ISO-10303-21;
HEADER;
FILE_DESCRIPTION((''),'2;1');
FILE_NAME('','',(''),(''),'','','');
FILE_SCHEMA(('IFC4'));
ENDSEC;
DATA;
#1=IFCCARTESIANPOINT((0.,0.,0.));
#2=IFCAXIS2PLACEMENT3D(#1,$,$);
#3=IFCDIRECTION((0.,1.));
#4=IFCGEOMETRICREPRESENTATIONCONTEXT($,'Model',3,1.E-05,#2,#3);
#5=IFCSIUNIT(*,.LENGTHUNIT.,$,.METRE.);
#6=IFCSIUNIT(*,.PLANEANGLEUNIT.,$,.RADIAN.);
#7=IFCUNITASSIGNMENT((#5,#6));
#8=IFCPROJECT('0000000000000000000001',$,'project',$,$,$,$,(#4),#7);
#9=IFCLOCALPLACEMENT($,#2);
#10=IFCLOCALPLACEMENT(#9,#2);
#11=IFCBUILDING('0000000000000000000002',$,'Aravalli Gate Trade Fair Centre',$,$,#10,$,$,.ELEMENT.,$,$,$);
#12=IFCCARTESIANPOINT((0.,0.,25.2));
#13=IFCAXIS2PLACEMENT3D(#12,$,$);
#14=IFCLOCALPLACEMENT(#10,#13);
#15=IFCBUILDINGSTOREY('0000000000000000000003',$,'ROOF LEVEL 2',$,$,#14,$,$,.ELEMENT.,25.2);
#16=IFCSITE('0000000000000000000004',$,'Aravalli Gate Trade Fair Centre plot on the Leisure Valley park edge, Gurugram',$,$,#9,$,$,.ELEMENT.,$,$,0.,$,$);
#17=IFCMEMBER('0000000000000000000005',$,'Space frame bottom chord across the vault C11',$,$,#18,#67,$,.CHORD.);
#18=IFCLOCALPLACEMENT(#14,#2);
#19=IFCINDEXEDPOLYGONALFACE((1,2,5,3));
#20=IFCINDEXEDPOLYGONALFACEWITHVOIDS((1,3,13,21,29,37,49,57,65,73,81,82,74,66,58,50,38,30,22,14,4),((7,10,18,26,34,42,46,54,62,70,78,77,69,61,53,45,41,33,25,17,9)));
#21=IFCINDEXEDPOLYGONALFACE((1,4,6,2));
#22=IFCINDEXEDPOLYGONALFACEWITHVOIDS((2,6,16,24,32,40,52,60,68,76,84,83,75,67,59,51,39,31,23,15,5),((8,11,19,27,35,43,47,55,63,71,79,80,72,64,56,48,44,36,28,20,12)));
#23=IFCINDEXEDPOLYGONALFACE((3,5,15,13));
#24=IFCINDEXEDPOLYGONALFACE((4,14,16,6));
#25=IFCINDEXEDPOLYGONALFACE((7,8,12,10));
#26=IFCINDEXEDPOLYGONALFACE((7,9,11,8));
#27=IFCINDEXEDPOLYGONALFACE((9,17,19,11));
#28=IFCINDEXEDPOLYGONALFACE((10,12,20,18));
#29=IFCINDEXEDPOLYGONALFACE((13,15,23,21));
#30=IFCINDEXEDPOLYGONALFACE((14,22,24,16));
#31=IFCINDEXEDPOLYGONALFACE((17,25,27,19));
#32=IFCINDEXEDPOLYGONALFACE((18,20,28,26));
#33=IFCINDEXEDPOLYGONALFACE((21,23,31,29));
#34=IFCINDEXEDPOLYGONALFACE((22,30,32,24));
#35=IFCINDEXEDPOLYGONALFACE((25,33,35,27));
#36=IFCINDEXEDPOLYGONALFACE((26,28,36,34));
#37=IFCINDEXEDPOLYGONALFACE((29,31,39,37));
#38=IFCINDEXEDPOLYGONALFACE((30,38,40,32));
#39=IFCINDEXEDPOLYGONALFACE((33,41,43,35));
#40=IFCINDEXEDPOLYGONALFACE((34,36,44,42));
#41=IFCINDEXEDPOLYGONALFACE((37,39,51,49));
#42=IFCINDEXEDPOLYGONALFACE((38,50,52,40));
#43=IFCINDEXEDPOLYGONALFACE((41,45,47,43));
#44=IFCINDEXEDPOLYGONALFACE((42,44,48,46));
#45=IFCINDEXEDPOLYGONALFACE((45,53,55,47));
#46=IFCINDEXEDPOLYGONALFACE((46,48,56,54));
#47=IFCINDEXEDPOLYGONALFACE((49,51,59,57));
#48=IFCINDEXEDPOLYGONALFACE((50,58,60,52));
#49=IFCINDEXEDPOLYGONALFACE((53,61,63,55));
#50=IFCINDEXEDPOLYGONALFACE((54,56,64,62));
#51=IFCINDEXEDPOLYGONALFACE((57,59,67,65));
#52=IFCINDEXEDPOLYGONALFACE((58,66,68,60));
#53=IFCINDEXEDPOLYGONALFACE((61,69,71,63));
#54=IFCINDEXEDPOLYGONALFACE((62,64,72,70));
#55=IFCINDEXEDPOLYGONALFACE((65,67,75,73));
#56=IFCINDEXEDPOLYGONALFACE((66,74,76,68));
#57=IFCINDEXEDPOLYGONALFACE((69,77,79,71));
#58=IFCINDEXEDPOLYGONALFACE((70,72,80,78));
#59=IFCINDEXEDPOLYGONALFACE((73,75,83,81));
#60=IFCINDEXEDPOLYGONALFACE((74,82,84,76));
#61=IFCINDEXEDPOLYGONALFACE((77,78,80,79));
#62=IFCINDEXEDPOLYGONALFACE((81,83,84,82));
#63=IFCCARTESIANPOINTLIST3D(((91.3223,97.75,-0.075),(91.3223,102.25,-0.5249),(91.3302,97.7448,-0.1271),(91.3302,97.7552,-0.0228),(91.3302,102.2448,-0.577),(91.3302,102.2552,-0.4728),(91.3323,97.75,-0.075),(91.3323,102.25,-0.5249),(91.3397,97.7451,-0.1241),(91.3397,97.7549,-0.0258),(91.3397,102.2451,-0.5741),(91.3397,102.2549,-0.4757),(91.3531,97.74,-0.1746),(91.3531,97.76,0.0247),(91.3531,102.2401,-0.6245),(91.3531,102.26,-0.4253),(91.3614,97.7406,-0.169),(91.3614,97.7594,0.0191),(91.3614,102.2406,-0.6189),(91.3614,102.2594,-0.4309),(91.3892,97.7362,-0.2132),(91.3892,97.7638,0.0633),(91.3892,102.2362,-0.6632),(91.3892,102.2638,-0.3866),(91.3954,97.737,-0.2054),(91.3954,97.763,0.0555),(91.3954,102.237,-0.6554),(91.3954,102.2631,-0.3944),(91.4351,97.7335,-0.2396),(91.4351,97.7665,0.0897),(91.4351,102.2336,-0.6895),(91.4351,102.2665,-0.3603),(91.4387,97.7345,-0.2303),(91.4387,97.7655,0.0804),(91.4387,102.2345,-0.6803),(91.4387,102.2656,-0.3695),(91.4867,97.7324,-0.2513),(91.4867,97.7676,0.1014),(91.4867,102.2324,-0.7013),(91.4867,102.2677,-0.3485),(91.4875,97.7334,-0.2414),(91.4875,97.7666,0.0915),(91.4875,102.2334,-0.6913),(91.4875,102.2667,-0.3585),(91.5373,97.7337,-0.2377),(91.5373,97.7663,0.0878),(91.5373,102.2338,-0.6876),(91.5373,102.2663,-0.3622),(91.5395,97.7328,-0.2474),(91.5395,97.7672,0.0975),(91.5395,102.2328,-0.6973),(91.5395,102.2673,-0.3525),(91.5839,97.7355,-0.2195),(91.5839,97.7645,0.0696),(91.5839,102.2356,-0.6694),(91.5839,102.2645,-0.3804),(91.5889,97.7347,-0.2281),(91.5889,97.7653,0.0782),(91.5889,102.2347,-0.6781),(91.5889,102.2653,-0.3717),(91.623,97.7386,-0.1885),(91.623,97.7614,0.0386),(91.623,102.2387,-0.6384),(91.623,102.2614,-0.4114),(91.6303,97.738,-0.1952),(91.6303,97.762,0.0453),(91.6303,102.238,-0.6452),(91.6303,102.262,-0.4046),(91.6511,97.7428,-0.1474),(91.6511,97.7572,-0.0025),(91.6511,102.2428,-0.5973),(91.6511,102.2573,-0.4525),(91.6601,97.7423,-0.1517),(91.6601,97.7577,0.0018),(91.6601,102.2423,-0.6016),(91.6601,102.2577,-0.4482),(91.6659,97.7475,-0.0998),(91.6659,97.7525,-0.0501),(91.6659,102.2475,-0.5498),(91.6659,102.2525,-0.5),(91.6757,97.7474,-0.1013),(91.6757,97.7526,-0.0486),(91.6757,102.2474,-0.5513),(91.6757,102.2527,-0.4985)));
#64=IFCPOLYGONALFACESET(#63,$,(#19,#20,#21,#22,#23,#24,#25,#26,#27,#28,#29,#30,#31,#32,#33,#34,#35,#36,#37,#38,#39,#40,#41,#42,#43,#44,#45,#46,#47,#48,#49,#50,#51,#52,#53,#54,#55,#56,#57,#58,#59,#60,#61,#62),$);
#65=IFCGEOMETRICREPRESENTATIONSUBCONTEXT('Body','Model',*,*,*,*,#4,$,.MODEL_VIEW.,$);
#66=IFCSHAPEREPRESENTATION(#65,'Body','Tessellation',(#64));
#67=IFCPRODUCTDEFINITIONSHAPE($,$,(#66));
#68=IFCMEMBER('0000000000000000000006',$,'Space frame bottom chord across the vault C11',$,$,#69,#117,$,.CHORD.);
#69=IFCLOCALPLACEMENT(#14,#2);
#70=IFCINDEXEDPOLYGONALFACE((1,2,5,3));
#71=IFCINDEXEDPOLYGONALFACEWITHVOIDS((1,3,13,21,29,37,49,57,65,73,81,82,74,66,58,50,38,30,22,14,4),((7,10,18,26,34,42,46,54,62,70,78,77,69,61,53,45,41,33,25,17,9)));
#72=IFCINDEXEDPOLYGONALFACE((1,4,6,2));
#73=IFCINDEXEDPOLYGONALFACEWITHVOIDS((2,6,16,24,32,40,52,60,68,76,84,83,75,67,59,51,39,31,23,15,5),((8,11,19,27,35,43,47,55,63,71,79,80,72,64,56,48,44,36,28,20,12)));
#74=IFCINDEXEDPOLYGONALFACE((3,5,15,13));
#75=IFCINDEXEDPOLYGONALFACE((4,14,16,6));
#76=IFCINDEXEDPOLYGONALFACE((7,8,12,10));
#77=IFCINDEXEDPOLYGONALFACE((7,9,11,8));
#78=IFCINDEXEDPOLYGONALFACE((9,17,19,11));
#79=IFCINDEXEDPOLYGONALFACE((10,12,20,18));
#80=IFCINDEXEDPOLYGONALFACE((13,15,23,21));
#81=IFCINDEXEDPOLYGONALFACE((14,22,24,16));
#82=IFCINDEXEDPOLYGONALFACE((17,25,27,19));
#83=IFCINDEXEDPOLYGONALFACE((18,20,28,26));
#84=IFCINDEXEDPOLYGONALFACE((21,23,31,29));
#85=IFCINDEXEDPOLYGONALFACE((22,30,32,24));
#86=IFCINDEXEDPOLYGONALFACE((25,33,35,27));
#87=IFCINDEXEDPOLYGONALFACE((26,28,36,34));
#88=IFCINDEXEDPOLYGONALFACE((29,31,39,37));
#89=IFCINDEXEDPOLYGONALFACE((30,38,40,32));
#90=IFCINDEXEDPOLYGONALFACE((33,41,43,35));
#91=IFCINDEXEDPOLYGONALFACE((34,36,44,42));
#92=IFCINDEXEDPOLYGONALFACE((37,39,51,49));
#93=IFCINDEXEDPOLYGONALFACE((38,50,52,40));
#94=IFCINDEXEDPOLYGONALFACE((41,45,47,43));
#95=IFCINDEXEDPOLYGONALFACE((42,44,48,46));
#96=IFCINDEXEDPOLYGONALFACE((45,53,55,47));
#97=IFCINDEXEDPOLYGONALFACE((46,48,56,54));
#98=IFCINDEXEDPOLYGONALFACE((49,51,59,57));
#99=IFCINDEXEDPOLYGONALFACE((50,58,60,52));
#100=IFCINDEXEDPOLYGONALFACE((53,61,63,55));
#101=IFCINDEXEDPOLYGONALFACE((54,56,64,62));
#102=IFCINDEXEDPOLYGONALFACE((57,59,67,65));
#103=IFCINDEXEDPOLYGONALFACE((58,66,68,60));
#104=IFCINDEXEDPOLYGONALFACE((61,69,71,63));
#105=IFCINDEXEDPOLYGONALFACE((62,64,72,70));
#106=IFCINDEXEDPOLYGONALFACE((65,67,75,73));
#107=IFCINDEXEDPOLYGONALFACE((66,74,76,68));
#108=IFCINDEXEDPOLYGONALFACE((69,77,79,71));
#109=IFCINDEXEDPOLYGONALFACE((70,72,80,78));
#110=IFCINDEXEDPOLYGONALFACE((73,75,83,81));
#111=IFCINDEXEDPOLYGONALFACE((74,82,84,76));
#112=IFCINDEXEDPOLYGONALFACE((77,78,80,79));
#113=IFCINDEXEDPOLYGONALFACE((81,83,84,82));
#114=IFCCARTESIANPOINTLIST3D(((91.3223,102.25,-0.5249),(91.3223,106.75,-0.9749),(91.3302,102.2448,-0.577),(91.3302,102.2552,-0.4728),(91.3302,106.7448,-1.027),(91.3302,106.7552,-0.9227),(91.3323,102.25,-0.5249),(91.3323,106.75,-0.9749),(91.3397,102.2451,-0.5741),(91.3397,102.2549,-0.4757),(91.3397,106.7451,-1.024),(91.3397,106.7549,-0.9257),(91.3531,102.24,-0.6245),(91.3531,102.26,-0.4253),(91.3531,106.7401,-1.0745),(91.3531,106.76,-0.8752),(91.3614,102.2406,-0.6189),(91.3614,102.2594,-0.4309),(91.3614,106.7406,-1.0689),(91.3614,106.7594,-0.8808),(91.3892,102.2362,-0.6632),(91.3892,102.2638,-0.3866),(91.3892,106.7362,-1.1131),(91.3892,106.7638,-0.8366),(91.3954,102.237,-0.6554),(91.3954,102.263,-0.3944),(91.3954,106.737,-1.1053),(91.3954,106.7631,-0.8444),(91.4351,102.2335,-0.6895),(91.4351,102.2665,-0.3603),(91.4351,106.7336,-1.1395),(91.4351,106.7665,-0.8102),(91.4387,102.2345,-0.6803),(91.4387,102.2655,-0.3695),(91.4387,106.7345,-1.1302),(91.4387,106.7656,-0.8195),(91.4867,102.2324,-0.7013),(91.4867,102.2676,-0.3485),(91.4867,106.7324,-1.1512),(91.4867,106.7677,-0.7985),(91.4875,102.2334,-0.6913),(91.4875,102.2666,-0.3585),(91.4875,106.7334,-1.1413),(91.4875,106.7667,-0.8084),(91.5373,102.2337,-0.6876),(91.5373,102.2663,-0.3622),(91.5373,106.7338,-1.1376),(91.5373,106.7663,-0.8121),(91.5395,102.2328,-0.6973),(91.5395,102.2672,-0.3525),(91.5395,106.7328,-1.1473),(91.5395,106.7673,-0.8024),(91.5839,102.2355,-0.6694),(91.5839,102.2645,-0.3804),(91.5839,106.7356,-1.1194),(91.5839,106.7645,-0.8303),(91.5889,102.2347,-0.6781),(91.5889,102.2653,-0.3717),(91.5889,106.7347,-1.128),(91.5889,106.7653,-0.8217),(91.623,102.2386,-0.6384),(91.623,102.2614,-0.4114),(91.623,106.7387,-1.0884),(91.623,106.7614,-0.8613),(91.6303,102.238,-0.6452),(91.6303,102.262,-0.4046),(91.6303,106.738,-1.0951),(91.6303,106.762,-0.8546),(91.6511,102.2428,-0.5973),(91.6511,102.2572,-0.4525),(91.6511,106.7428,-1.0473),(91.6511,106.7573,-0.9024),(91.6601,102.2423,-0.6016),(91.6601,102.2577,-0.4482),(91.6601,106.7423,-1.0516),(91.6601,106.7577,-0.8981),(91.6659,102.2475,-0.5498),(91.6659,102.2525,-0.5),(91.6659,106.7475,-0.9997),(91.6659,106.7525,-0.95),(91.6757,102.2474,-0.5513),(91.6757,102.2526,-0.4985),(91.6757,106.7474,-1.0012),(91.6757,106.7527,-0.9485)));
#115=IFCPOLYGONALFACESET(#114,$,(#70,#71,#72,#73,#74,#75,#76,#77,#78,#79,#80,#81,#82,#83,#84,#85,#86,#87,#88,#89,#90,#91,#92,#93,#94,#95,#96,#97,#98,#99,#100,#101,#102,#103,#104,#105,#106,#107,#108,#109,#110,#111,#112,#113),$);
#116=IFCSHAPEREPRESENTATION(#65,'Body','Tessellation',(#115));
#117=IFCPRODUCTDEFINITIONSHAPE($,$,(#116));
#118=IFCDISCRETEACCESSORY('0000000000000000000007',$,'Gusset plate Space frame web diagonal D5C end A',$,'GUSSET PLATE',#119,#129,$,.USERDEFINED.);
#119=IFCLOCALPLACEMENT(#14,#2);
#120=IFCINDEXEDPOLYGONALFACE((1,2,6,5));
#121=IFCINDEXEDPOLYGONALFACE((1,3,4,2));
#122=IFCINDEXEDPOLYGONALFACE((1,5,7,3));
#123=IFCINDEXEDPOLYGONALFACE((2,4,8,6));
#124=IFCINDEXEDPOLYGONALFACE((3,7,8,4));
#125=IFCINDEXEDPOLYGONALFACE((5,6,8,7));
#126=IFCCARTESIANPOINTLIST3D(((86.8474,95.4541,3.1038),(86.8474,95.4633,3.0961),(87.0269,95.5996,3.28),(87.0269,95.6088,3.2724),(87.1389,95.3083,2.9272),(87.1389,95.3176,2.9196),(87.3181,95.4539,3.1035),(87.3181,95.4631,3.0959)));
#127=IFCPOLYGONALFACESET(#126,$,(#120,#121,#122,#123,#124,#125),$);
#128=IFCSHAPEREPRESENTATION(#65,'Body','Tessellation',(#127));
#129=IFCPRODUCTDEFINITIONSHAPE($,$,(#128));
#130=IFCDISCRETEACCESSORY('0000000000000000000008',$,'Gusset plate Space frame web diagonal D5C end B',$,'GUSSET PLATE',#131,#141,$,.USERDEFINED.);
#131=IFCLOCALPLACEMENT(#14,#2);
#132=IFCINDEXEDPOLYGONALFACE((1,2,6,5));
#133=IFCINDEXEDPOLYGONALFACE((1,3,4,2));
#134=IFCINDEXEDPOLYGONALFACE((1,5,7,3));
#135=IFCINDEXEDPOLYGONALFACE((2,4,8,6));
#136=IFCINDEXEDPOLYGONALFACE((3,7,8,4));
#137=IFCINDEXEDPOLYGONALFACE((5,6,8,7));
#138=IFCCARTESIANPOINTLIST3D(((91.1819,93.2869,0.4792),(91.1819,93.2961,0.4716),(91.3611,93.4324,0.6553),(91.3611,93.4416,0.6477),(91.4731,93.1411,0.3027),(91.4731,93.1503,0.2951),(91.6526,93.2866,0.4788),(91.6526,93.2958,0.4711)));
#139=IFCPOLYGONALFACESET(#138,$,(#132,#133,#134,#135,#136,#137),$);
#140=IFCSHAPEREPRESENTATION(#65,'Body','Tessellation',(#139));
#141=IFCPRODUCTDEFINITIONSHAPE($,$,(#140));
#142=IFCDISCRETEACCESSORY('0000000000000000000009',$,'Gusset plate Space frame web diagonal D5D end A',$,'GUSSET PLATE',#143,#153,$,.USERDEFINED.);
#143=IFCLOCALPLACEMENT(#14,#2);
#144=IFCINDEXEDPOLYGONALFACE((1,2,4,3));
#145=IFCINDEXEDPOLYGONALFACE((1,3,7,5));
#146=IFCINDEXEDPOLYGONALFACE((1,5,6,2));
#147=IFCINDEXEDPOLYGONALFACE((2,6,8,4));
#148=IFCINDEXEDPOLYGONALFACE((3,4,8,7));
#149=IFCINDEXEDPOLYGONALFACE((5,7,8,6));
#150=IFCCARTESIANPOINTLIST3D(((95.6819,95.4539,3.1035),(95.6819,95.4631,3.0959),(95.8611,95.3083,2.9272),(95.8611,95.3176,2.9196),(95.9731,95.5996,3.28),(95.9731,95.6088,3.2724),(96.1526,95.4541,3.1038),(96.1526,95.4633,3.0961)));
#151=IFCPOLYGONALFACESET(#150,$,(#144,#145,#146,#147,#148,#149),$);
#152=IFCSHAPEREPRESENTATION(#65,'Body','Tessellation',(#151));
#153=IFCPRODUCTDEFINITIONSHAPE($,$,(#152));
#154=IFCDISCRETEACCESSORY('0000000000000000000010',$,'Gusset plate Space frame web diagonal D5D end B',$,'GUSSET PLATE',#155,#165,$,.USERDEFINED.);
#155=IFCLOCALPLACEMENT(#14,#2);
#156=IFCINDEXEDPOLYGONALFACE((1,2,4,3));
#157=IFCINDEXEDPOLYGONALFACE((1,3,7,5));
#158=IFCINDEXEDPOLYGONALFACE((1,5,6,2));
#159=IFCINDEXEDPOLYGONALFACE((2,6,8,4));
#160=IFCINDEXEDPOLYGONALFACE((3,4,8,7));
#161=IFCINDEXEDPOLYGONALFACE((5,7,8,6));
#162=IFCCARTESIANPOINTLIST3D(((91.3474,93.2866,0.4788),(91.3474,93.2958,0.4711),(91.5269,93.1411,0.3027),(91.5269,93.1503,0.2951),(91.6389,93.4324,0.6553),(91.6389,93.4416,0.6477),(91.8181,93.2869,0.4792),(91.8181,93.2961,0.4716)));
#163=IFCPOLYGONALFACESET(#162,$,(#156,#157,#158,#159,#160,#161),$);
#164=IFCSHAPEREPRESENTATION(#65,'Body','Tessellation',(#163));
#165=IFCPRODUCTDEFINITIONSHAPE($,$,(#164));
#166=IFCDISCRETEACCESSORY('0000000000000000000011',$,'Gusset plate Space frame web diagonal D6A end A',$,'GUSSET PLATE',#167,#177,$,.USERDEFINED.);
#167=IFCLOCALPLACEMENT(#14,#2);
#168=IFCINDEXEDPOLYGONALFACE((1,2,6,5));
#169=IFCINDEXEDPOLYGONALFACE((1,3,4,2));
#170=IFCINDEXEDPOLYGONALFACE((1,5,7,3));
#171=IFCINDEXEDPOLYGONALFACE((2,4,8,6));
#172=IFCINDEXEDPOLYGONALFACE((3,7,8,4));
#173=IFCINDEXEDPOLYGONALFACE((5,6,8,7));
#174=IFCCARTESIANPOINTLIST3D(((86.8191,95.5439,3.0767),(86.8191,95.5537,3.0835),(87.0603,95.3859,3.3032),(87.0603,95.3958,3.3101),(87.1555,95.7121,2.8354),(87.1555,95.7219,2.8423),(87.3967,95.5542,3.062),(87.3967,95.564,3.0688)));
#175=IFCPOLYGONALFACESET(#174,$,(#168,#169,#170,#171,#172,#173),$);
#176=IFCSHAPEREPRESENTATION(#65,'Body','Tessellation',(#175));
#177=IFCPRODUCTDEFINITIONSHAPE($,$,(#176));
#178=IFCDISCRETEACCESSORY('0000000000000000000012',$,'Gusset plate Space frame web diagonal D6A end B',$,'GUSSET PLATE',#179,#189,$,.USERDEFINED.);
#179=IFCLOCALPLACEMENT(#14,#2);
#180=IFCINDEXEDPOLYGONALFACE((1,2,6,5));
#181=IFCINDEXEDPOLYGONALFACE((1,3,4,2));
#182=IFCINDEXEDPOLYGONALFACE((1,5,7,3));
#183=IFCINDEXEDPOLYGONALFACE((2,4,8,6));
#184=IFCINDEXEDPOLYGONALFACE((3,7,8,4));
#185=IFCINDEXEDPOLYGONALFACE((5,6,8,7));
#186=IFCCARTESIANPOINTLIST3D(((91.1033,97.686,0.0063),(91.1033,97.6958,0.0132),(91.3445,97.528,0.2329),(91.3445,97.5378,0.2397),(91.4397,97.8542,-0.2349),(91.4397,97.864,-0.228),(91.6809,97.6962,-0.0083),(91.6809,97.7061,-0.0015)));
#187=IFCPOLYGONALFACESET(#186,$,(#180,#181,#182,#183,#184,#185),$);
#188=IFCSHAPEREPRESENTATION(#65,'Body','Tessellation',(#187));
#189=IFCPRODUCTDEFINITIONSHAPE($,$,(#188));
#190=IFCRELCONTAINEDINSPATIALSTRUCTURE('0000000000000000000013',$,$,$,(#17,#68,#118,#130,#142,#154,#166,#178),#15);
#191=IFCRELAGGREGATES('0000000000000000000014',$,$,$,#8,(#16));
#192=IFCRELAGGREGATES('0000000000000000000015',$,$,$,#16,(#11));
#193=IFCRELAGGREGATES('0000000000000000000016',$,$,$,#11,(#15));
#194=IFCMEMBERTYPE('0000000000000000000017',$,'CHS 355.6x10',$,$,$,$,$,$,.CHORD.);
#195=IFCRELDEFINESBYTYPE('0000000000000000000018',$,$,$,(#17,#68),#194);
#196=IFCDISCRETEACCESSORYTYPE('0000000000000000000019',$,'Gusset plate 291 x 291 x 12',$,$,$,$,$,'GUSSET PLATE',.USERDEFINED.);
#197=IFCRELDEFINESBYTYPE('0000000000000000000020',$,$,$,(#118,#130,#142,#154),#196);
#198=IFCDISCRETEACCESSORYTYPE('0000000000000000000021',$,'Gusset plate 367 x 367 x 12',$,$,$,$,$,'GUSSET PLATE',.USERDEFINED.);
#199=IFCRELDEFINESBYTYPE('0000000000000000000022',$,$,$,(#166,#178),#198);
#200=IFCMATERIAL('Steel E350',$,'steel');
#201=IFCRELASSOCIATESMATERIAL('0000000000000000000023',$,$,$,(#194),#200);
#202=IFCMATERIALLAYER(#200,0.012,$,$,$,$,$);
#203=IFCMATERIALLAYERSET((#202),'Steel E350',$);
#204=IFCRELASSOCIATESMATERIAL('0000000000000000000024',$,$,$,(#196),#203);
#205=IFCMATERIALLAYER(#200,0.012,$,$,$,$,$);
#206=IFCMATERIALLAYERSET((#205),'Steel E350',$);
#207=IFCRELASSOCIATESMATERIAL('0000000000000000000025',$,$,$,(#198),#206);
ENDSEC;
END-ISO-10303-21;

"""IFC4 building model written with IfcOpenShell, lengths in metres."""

from ifc_helpers import new_model, si_unit, direction, frame, origin, origin_2d, place, context, subcontext, project, spatial, polyline, hollow_circle, outline, extrude, material, layer, layer_set, material_profile, profile_set, type_object, element, save


model = new_model("IFC4")

# Units and contexts
model_context = context("Model", 3, precision=1e-05, world=origin(), true_north=direction((0.0, 1.0)))
body_context = subcontext(model_context, "Body", "Model", "MODEL_VIEW")
ifc_project = project(units=[si_unit("LENGTHUNIT", "METRE"), si_unit("PLANEANGLEUNIT", "RADIAN")], contexts=[model_context])

# Site, building, storey
site_placement = place(None, origin())
site = spatial("IfcSite", under=ifc_project, at=site_placement, Name="Aravalli Gate Trade Fair Centre plot on the Leisure Valley park edge, Gurugram", CompositionType="ELEMENT", RefElevation=0.0)
building_placement = place(site_placement, origin())
building = spatial("IfcBuilding", under=site, at=building_placement, Name="Aravalli Gate Trade Fair Centre", CompositionType="ELEMENT")
storey_placement = place(building_placement, frame((0.0, 0.0, 25.2)))
storey = spatial("IfcBuildingStorey", under=building, at=storey_placement, Name="ROOF LEVEL 2", CompositionType="ELEMENT", Elevation=25.2)

# Members
ifc_material = material(Name="Steel E350", Category="steel")
ifc_material_profile_1 = material_profile(ifc_material, hollow_circle(Radius=0.1777, WallThickness=0.01, at=origin_2d()), Name="CHS 355.6x10")
ifc_profile_set_1 = profile_set([ifc_material_profile_1], Name="Steel E350")
member_type_1 = type_object("IfcMemberType", Name="CHS 355.6x10", PredefinedType="CHORD", material=ifc_profile_set_1)
for number, where, z_axis, x_axis, name in (
    (1, (91.5, 97.75, -0.075), (0.0, 0.995038, -0.099493), (-1.0, 0.0, 0.0), "Space frame bottom chord across the vault C11"),
    (2, (91.5, 102.25, -0.5249), (0.0, 0.995038, -0.099493), (-1.0, 0.0, 0.0), "Space frame bottom chord across the vault C11"),
):
    element("IfcMember", number, at=place(storey_placement, frame(where, z_axis=z_axis, x_axis=x_axis)), inside=storey, type_object=member_type_1, Name=name, PredefinedType="CHORD", context=body_context, shape_type="SweptSolid", body=[
        extrude(hollow_circle(Radius=0.1777, WallThickness=0.01, at=origin_2d()), origin(), (0.0, 0.0, 1.0), 4.5225),
    ])

# Discrete accessories
ifc_layer_1 = layer(ifc_material, 0.012)
ifc_layer_set_1 = layer_set([ifc_layer_1], Name="Steel E350")
discrete_accessory_type_1 = type_object("IfcDiscreteAccessoryType", Name="Gusset plate 291 x 291 x 12", ElementType="GUSSET PLATE", PredefinedType="USERDEFINED", material=ifc_layer_set_1)
discrete_accessory_1_placement = place(storey_placement, frame((87.1389, 95.3083, 2.9272), z_axis=(-0.00007, -0.771155, 0.636648), x_axis=(-0.786484, 0.393242, 0.476238)))
element("IfcDiscreteAccessory", 3, at=discrete_accessory_1_placement, inside=storey, type_object=discrete_accessory_type_1, Name="Gusset plate Space frame web diagonal D5C end A", ObjectType="GUSSET PLATE", PredefinedType="USERDEFINED", context=body_context, shape_type="SweptSolid", body=[
    extrude(outline(polyline([(0.0, 0.0), (0.3706, 0.0), (0.3707, -0.2906), (0.0002, -0.2904), (0.0, 0.0)])), origin(), (0.0, 0.0, -1.0), 0.012),
])
discrete_accessory_2_placement = place(storey_placement, frame((91.1819, 93.2869, 0.4792), z_axis=(0.000261, -0.770887, 0.636972), x_axis=(0.786233, -0.393446, -0.476485)))
element("IfcDiscreteAccessory", 4, at=discrete_accessory_2_placement, inside=storey, type_object=discrete_accessory_type_1, Name="Gusset plate Space frame web diagonal D5C end B", ObjectType="GUSSET PLATE", PredefinedType="USERDEFINED", context=body_context, shape_type="SweptSolid", body=[
    extrude(outline(polyline([(0.0, 0.0), (0.3704, 0.0), (0.3704, 0.2904), (-0.0002, 0.2903), (0.0, 0.0)])), origin(), (0.0, 0.0, -1.0), 0.012),
])
discrete_accessory_3_placement = place(storey_placement, frame((95.6819, 95.4539, 3.1035), z_axis=(0.00007, -0.771155, 0.636648), x_axis=(0.786233, 0.393446, 0.476485)))
element("IfcDiscreteAccessory", 5, at=discrete_accessory_3_placement, inside=storey, type_object=discrete_accessory_type_1, Name="Gusset plate Space frame web diagonal D5D end A", ObjectType="GUSSET PLATE", PredefinedType="USERDEFINED", context=body_context, shape_type="SweptSolid", body=[
    extrude(outline(polyline([(0.0, 0.0), (0.3704, 0.0), (0.3703, -0.2906), (-0.0003, -0.2904), (0.0, 0.0)])), origin(), (0.0, 0.0, -1.0), 0.012),
])
discrete_accessory_4_placement = place(storey_placement, frame((91.6389, 93.4324, 0.6553), z_axis=(-0.000261, -0.770887, 0.636972), x_axis=(-0.786484, -0.393242, -0.476238)))
element("IfcDiscreteAccessory", 6, at=discrete_accessory_4_placement, inside=storey, type_object=discrete_accessory_type_1, Name="Gusset plate Space frame web diagonal D5D end B", ObjectType="GUSSET PLATE", PredefinedType="USERDEFINED", context=body_context, shape_type="SweptSolid", body=[
    extrude(outline(polyline([(0.0, 0.0), (0.3706, 0.0), (0.3706, 0.2904), (0.0001, 0.2903), (0.0, 0.0)])), origin(), (0.0, 0.0, -1.0), 0.012),
])
ifc_layer_2 = layer(ifc_material, 0.012)
ifc_layer_set_2 = layer_set([ifc_layer_2], Name="Steel E350")
discrete_accessory_type_2 = type_object("IfcDiscreteAccessoryType", Name="Gusset plate 367 x 367 x 12", ElementType="GUSSET PLATE", PredefinedType="USERDEFINED", material=ifc_layer_set_2)
discrete_accessory_5_placement = place(storey_placement, frame((87.1555, 95.7219, 2.8423), z_axis=(-0.000057, 0.820282, 0.57196), x_axis=(-0.75291, -0.376455, 0.539822)))
element("IfcDiscreteAccessory", 7, at=discrete_accessory_5_placement, inside=storey, type_object=discrete_accessory_type_2, Name="Gusset plate Space frame web diagonal D6A end A", ObjectType="GUSSET PLATE", PredefinedType="USERDEFINED", context=body_context, shape_type="SweptSolid", body=[
    extrude(outline(polyline([(0.0, 0.0), (0.4468, 0.0), (0.447, 0.3667), (0.0002, 0.3667), (0.0, 0.0)])), origin(), (0.0, 0.0, -1.0), 0.012),
])
discrete_accessory_6_placement = place(storey_placement, frame((91.1033, 97.6958, 0.0132), z_axis=(-0.000057, 0.820282, 0.57196), x_axis=(0.75291, 0.376455, -0.539822)))
element("IfcDiscreteAccessory", 8, at=discrete_accessory_6_placement, inside=storey, type_object=discrete_accessory_type_2, Name="Gusset plate Space frame web diagonal D6A end B", ObjectType="GUSSET PLATE", PredefinedType="USERDEFINED", context=body_context, shape_type="SweptSolid", body=[
    extrude(outline(polyline([(0.0, 0.0), (0.4468, 0.0), (0.4467, -0.3667), (-0.0002, -0.3667), (0.0, 0.0)])), origin(), (0.0, 0.0, -1.0), 0.012),
])

save(model, "model.ifc")
